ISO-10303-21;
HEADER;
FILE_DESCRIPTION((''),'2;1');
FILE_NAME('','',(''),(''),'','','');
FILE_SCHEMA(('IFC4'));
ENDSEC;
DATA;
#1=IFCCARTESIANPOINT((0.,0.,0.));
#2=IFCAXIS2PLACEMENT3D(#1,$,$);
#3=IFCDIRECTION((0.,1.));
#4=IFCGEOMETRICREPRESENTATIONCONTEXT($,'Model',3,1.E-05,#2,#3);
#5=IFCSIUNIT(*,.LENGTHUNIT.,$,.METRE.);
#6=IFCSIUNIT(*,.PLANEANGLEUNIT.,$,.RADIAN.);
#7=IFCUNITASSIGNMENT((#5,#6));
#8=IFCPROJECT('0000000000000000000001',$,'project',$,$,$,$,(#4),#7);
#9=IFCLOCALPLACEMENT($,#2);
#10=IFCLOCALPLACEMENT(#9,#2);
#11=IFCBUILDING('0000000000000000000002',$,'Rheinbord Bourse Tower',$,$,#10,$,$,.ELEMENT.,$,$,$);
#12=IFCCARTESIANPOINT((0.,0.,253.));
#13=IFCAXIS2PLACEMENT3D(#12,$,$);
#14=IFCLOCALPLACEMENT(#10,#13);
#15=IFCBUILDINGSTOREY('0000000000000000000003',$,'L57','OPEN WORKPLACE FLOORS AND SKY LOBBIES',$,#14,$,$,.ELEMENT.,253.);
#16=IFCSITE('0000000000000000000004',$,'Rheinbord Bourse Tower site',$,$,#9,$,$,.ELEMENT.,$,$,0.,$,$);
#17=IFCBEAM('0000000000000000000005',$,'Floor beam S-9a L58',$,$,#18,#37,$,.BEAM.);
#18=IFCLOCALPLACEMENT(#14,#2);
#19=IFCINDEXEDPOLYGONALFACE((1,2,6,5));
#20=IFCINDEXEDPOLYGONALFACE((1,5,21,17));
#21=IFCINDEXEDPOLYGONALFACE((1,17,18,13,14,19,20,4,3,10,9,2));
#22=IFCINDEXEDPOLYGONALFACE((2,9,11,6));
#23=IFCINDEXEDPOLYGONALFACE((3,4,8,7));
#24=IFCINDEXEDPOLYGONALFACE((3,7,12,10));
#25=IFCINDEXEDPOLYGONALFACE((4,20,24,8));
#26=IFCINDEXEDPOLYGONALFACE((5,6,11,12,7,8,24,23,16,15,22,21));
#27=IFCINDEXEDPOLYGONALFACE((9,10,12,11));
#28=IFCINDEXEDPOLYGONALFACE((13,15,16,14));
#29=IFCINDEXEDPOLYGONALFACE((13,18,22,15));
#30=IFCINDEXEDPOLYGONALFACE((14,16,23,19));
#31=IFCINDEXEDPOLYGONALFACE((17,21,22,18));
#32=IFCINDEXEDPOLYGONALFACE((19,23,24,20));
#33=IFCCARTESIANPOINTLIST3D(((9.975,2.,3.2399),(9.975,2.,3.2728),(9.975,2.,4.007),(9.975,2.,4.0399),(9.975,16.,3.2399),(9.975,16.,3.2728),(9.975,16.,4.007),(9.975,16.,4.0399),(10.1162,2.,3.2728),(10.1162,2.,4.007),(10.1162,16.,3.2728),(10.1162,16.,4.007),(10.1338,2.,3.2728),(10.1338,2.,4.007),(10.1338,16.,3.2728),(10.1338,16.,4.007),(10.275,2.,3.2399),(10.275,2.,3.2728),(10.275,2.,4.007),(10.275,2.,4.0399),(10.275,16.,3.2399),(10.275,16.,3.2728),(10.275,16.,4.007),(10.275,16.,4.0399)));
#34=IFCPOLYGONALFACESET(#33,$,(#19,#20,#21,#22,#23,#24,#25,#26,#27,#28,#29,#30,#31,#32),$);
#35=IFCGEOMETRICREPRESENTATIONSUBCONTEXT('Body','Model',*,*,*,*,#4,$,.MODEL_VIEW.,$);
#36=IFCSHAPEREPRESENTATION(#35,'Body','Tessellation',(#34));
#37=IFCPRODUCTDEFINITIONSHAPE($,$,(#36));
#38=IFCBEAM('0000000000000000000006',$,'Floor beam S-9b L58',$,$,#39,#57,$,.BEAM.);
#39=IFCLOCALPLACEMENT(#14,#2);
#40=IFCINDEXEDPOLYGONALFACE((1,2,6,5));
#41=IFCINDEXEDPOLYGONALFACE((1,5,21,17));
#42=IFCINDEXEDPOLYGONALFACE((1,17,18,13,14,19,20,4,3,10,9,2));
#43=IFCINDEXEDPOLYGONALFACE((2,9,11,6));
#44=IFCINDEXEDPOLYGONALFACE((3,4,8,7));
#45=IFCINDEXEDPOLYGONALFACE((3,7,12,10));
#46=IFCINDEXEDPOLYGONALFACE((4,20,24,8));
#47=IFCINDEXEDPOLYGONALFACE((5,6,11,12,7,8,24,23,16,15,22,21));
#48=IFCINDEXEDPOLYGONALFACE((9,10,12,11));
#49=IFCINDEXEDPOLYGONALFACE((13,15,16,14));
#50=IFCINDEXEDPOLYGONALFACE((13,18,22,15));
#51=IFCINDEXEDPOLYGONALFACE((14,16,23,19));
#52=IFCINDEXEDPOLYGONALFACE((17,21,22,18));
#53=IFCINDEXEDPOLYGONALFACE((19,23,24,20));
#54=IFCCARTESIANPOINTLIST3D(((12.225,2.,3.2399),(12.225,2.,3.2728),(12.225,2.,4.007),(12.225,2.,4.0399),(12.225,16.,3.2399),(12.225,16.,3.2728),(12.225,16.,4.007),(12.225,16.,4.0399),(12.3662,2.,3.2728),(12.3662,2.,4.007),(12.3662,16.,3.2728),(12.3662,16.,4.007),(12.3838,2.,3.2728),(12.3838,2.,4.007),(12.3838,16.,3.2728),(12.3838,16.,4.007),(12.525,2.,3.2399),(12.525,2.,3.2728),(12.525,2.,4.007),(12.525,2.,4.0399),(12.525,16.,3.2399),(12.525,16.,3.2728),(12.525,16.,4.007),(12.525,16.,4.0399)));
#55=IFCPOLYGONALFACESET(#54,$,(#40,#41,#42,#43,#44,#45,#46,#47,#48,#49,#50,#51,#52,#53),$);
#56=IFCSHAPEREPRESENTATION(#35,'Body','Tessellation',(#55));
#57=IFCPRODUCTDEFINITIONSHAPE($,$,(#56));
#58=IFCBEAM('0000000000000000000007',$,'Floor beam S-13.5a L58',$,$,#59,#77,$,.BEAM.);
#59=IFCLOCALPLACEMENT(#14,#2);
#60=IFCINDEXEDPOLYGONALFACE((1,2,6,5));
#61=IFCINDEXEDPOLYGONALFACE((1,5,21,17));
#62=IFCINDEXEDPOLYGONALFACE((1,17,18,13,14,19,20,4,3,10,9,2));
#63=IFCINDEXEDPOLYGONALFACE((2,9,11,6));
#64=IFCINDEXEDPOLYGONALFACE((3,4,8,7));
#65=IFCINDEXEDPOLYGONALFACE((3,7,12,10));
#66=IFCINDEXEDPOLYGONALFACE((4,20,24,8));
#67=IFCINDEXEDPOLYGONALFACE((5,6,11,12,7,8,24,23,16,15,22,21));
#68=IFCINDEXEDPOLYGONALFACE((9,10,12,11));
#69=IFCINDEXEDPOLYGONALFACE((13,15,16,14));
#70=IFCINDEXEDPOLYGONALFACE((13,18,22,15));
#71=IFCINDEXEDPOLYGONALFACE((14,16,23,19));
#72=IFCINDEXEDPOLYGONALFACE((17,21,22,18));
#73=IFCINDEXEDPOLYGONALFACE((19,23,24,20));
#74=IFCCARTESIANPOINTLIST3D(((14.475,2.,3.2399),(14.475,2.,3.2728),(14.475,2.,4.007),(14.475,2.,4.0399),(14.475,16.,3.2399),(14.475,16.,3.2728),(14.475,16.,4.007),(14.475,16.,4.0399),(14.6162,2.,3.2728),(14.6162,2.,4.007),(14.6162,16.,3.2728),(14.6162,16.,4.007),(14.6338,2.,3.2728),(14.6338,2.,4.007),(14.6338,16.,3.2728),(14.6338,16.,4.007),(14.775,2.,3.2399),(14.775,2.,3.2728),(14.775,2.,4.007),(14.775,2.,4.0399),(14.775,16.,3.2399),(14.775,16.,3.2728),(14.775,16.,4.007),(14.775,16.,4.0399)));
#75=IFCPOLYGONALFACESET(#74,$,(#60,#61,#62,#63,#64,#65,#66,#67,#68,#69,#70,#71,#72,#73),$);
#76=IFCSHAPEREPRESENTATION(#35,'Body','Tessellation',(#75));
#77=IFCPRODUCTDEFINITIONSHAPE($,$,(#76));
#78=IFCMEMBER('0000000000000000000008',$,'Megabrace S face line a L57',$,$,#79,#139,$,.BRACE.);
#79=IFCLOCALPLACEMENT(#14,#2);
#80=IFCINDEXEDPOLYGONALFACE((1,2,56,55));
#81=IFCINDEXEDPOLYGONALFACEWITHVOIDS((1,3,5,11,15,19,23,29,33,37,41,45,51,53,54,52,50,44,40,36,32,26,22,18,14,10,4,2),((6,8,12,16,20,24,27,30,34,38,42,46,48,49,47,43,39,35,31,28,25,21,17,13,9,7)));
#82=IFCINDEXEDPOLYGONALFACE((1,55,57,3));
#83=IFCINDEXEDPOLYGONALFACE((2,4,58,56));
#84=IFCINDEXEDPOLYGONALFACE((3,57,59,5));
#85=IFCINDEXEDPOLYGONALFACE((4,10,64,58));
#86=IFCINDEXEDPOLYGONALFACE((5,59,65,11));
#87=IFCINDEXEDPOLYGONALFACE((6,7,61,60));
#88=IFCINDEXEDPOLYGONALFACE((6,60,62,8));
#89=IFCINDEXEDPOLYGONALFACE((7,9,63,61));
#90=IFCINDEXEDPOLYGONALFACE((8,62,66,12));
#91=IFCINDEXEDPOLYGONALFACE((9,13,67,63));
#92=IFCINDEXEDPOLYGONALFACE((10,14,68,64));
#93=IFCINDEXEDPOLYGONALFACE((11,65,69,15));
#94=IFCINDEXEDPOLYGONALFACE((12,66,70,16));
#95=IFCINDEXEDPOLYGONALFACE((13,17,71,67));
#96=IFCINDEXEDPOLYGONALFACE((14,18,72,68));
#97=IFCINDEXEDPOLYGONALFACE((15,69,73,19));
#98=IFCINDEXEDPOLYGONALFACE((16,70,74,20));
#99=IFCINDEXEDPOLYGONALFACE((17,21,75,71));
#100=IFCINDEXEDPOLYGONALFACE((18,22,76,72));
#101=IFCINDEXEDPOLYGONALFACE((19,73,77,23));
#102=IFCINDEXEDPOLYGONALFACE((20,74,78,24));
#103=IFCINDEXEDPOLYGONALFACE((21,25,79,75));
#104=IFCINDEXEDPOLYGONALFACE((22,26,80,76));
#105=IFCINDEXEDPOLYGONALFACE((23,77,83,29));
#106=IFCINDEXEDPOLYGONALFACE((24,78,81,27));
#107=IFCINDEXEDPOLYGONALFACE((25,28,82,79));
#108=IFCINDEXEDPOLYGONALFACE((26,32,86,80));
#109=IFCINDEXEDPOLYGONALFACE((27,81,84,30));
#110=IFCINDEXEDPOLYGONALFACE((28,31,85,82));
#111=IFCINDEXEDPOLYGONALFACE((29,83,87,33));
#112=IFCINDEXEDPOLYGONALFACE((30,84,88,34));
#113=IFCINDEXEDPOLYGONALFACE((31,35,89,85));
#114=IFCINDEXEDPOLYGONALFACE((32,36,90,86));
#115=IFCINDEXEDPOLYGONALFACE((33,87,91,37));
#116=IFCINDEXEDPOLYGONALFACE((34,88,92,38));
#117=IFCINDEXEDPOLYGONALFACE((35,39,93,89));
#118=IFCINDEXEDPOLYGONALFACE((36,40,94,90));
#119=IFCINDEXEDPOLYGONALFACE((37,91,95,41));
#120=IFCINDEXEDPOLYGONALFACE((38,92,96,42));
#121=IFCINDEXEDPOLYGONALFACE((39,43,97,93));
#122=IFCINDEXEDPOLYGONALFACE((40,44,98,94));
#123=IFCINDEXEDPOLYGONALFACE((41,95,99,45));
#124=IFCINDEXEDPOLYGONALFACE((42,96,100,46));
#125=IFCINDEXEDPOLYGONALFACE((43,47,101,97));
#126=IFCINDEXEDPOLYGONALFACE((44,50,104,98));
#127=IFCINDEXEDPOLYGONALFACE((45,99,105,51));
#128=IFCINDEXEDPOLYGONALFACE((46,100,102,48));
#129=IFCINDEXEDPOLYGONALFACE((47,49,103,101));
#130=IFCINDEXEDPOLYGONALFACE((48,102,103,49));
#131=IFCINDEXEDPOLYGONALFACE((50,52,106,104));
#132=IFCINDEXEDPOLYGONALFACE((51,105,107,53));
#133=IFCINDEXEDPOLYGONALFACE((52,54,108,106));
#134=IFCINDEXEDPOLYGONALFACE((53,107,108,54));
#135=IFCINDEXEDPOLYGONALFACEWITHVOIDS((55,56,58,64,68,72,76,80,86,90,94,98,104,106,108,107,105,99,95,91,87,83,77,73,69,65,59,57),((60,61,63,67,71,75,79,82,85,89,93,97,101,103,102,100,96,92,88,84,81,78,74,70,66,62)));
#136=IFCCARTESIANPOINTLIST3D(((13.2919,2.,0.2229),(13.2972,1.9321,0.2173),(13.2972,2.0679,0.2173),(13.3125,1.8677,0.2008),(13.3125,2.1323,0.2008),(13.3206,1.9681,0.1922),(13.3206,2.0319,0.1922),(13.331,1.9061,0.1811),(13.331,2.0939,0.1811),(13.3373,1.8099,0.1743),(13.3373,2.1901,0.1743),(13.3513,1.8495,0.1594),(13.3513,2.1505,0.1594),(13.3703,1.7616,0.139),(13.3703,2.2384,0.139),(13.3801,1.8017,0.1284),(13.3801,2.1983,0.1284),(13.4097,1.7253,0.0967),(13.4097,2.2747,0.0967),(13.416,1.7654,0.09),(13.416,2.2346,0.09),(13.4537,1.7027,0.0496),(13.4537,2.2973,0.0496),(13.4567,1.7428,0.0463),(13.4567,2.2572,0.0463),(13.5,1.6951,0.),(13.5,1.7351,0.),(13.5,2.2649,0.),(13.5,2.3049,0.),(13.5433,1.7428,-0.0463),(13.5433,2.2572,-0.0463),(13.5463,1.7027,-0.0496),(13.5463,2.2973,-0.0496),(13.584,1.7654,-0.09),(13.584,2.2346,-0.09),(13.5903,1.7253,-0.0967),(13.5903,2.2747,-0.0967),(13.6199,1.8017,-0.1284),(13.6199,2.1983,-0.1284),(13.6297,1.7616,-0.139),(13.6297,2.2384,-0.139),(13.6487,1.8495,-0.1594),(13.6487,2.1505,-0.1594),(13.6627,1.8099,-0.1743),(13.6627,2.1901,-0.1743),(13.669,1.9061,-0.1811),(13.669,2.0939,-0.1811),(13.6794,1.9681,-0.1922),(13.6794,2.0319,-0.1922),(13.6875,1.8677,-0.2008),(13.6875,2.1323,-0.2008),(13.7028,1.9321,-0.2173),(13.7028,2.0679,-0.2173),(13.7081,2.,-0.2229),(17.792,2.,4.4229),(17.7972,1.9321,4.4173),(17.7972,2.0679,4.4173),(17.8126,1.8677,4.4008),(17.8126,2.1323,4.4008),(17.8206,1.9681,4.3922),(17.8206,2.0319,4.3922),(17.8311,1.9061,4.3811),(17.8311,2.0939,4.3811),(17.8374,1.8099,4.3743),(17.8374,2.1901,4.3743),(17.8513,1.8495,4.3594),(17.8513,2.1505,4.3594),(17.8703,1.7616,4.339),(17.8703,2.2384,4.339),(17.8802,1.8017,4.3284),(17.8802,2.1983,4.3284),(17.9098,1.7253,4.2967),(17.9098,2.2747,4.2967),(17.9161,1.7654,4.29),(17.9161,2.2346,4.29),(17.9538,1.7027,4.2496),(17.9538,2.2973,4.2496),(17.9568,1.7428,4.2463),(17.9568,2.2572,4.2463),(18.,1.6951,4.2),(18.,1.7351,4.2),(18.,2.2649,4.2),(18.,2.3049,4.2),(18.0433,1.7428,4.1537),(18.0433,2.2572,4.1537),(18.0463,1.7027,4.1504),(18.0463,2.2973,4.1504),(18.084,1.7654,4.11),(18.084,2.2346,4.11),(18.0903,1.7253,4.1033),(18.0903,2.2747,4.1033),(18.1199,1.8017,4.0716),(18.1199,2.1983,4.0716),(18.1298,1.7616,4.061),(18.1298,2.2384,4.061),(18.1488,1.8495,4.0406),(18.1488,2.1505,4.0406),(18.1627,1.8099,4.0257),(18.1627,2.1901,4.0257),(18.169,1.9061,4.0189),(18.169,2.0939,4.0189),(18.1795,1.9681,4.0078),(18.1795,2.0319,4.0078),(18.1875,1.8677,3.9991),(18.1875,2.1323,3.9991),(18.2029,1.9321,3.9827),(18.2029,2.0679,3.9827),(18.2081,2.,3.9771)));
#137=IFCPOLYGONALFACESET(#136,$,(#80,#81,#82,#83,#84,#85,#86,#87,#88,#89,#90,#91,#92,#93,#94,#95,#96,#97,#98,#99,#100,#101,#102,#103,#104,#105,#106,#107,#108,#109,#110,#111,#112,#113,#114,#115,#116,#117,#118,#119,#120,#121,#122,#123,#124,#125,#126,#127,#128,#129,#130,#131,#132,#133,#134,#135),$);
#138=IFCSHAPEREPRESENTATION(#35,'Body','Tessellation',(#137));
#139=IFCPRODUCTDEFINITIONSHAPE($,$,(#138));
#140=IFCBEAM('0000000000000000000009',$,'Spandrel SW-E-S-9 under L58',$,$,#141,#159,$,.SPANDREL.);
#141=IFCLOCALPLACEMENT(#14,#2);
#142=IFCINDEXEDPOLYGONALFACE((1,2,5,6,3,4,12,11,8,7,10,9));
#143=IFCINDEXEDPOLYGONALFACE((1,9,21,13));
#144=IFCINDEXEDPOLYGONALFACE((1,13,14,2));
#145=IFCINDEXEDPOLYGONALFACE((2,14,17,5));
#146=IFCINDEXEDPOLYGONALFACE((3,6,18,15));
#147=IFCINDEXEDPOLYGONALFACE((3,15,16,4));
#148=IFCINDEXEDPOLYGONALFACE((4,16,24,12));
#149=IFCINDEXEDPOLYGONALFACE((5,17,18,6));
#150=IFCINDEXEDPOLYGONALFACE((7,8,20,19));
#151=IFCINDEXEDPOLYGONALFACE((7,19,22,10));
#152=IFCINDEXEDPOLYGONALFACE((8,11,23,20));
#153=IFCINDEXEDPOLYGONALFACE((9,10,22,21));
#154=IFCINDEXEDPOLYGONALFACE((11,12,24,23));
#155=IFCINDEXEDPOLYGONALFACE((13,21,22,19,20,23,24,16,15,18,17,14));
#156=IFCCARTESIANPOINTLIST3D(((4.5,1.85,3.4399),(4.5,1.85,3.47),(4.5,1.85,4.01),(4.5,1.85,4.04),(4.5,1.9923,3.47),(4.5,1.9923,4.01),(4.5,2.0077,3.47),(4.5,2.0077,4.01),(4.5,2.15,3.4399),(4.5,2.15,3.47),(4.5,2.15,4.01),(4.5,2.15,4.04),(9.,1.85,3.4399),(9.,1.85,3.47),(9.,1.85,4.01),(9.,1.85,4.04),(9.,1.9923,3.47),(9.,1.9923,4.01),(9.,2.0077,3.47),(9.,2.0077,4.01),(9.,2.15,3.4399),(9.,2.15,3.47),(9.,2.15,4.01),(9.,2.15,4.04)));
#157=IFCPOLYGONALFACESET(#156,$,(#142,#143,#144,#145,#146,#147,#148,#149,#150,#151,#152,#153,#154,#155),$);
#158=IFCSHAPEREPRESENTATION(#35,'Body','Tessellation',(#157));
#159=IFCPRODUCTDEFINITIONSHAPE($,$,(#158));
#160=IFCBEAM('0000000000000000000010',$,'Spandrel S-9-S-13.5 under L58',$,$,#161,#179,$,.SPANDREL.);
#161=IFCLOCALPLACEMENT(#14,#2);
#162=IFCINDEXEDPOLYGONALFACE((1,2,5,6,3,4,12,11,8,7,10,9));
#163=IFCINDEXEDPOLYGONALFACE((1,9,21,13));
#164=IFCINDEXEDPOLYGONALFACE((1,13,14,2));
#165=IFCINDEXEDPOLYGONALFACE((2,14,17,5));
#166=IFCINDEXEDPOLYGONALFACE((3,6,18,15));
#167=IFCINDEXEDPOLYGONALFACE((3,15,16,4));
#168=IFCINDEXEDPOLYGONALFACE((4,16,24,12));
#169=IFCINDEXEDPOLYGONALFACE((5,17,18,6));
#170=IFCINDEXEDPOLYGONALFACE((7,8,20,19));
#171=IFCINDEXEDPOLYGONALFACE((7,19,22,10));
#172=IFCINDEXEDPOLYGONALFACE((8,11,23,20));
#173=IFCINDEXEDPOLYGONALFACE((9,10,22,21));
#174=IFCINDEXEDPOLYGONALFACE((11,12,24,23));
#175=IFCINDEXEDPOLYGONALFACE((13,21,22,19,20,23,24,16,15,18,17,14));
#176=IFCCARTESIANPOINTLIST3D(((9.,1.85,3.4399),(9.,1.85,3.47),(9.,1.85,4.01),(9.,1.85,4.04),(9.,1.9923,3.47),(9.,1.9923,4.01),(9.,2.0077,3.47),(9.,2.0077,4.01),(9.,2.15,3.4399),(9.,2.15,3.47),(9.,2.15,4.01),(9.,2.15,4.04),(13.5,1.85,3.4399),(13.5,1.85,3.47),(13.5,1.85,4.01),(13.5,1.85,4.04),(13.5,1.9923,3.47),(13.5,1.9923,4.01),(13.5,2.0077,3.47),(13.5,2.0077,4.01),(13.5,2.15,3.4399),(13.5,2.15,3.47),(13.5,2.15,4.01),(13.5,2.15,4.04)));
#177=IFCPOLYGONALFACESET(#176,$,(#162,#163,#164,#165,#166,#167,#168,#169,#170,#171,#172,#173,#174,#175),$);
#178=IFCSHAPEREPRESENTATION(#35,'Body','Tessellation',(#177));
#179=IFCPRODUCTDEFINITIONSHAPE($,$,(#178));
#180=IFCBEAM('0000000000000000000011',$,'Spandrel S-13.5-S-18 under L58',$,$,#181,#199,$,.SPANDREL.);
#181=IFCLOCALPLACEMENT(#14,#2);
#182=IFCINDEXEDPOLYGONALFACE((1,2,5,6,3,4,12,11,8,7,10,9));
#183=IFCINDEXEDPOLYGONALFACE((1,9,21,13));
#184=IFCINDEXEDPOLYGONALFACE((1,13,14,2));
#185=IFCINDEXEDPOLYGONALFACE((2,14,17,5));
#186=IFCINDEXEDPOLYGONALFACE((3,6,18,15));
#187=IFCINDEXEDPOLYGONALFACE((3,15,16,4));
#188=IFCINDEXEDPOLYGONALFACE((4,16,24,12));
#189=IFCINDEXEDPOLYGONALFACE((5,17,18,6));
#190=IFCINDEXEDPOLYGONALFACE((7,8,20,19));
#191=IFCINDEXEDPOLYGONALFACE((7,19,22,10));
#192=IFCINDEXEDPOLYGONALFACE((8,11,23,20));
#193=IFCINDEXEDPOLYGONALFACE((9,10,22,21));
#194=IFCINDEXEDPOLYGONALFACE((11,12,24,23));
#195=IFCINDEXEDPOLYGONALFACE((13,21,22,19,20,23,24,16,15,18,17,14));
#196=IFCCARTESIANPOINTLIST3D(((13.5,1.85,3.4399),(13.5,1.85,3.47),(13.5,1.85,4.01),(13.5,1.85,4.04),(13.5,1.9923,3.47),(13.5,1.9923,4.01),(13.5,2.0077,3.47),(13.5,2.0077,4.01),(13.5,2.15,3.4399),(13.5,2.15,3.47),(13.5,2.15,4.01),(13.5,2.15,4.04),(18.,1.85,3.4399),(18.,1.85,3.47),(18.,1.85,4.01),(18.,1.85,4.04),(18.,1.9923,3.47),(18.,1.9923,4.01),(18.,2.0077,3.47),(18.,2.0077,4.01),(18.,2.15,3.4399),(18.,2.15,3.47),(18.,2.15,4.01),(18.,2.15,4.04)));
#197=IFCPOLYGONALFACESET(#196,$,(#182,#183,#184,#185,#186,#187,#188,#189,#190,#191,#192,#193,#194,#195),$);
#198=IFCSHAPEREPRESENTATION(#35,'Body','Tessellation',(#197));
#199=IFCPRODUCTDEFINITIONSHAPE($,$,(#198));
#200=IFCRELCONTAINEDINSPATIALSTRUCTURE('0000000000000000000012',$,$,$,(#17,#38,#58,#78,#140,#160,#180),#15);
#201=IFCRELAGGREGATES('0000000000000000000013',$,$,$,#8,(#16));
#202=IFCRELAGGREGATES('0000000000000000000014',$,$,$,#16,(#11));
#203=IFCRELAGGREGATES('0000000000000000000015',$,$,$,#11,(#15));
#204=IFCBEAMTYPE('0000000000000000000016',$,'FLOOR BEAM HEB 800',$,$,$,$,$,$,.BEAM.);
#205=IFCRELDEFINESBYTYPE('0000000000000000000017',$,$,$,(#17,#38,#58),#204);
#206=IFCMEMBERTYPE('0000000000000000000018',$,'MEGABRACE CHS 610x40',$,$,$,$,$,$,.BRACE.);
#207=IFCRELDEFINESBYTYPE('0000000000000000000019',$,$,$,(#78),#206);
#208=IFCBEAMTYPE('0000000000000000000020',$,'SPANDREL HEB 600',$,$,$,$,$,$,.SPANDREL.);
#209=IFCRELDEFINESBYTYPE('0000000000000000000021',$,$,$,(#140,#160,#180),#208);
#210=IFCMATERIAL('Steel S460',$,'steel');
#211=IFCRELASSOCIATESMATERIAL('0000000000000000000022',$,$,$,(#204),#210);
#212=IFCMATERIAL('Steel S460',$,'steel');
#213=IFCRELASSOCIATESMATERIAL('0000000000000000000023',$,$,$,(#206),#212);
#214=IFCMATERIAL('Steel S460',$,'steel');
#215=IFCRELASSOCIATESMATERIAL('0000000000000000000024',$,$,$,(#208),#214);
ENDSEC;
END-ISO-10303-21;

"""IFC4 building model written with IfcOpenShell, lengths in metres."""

from ifc_helpers import new_model, si_unit, direction, frame, origin, origin_2d, place, context, subcontext, project, spatial, hollow_circle, i_section, extrude, material, material_profile, profile_set, type_object, element, save


model = new_model("IFC4")

# Units and contexts
model_context = context("Model", 3, precision=1e-05, world=origin(), true_north=direction((0.0, 1.0)))
body_context = subcontext(model_context, "Body", "Model", "MODEL_VIEW")
ifc_project = project(units=[si_unit("LENGTHUNIT", "METRE"), si_unit("PLANEANGLEUNIT", "RADIAN")], contexts=[model_context])

# Site, building, storey
site_placement = place(None, origin())
site = spatial("IfcSite", under=ifc_project, at=site_placement, Name="Rheinbord Bourse Tower site", CompositionType="ELEMENT", RefElevation=0.0)
building_placement = place(site_placement, origin())
building = spatial("IfcBuilding", under=site, at=building_placement, Name="Rheinbord Bourse Tower", CompositionType="ELEMENT")
storey_placement = place(building_placement, frame((0.0, 0.0, 253.0)))
storey = spatial("IfcBuildingStorey", under=building, at=storey_placement, Name="L57", Description="OPEN WORKPLACE FLOORS AND SKY LOBBIES", CompositionType="ELEMENT", Elevation=253.0)

# Beams
ifc_material_1 = material(Name="Steel S460", Category="steel")
ifc_material_profile_1 = material_profile(ifc_material_1, i_section(OverallWidth=0.3, OverallDepth=0.8, WebThickness=0.0176, FlangeThickness=0.033, at=origin_2d()), Name="HEB 800")
ifc_profile_set_1 = profile_set([ifc_material_profile_1], Name="Steel S460")
beam_type_1 = type_object("IfcBeamType", Name="FLOOR BEAM HEB 800", PredefinedType="BEAM", material=ifc_profile_set_1)
for number, where, z_axis, x_axis, name in (
    (1, (10.125, 2.0, 3.6399), (0.0, 1.0, 0.0), (-1.0, 0.0, 0.0), "Floor beam S-9a L58"),
    (2, (12.375, 2.0, 3.6399), (0.0, 1.0, 0.0), (-1.0, 0.0, 0.0), "Floor beam S-9b L58"),
    (3, (14.625, 2.0, 3.6399), (0.0, 1.0, 0.0), (-1.0, 0.0, 0.0), "Floor beam S-13.5a L58"),
):
    element("IfcBeam", number, at=place(storey_placement, frame(where, z_axis=z_axis, x_axis=x_axis)), inside=storey, type_object=beam_type_1, Name=name, PredefinedType="BEAM", context=body_context, shape_type="SweptSolid", body=[
        extrude(i_section(OverallWidth=0.3, OverallDepth=0.8, WebThickness=0.0176, FlangeThickness=0.033, at=origin_2d()), origin(), (0.0, 0.0, 1.0), 14.0),
    ])

# Member
ifc_material_2 = material(Name="Steel S460", Category="steel")
ifc_material_profile_2 = material_profile(ifc_material_2, hollow_circle(Radius=0.3049, WallThickness=0.04, at=origin_2d()), Name="CHS 610x40")
ifc_profile_set_2 = profile_set([ifc_material_profile_2], Name="Steel S460")
member_type_1 = type_object("IfcMemberType", Name="MEGABRACE CHS 610x40", PredefinedType="BRACE", material=ifc_profile_set_2)
member_1_placement = place(storey_placement, frame((13.5, 2.0, 0.0), z_axis=(0.731059, 0.0, 0.682314), x_axis=(0.0, 1.0, 0.0)))
element("IfcMember", 4, at=member_1_placement, inside=storey, type_object=member_type_1, Name="Megabrace S face line a L57", PredefinedType="BRACE", context=body_context, shape_type="SweptSolid", body=[
    extrude(hollow_circle(Radius=0.3049, WallThickness=0.04, at=origin_2d()), origin(), (0.0, 0.0, 1.0), 6.1555),
])

# Beams
ifc_material_3 = material(Name="Steel S460", Category="steel")
ifc_material_profile_3 = material_profile(ifc_material_3, i_section(OverallWidth=0.3, OverallDepth=0.6001, WebThickness=0.0154, FlangeThickness=0.03, at=origin_2d()), Name="HEB 600")
ifc_profile_set_3 = profile_set([ifc_material_profile_3], Name="Steel S460")
beam_type_2 = type_object("IfcBeamType", Name="SPANDREL HEB 600", PredefinedType="SPANDREL", material=ifc_profile_set_3)
for number, where, z_axis, x_axis, name in (
    (5, (4.5, 2.0, 3.74), (1.0, 0.0, 0.0), (0.0, 1.0, 0.0), "Spandrel SW-E-S-9 under L58"),
    (6, (9.0, 2.0, 3.74), (1.0, 0.0, 0.0), (0.0, 1.0, 0.0), "Spandrel S-9-S-13.5 under L58"),
    (7, (13.5, 2.0, 3.74), (1.0, 0.0, 0.0), (0.0, 1.0, 0.0), "Spandrel S-13.5-S-18 under L58"),
):
    element("IfcBeam", number, at=place(storey_placement, frame(where, z_axis=z_axis, x_axis=x_axis)), inside=storey, type_object=beam_type_2, Name=name, PredefinedType="SPANDREL", context=body_context, shape_type="SweptSolid", body=[
        extrude(i_section(OverallWidth=0.3, OverallDepth=0.6001, WebThickness=0.0154, FlangeThickness=0.03, at=origin_2d()), origin(), (0.0, 0.0, 1.0), 4.5),
    ])

save(model, "model.ifc")
